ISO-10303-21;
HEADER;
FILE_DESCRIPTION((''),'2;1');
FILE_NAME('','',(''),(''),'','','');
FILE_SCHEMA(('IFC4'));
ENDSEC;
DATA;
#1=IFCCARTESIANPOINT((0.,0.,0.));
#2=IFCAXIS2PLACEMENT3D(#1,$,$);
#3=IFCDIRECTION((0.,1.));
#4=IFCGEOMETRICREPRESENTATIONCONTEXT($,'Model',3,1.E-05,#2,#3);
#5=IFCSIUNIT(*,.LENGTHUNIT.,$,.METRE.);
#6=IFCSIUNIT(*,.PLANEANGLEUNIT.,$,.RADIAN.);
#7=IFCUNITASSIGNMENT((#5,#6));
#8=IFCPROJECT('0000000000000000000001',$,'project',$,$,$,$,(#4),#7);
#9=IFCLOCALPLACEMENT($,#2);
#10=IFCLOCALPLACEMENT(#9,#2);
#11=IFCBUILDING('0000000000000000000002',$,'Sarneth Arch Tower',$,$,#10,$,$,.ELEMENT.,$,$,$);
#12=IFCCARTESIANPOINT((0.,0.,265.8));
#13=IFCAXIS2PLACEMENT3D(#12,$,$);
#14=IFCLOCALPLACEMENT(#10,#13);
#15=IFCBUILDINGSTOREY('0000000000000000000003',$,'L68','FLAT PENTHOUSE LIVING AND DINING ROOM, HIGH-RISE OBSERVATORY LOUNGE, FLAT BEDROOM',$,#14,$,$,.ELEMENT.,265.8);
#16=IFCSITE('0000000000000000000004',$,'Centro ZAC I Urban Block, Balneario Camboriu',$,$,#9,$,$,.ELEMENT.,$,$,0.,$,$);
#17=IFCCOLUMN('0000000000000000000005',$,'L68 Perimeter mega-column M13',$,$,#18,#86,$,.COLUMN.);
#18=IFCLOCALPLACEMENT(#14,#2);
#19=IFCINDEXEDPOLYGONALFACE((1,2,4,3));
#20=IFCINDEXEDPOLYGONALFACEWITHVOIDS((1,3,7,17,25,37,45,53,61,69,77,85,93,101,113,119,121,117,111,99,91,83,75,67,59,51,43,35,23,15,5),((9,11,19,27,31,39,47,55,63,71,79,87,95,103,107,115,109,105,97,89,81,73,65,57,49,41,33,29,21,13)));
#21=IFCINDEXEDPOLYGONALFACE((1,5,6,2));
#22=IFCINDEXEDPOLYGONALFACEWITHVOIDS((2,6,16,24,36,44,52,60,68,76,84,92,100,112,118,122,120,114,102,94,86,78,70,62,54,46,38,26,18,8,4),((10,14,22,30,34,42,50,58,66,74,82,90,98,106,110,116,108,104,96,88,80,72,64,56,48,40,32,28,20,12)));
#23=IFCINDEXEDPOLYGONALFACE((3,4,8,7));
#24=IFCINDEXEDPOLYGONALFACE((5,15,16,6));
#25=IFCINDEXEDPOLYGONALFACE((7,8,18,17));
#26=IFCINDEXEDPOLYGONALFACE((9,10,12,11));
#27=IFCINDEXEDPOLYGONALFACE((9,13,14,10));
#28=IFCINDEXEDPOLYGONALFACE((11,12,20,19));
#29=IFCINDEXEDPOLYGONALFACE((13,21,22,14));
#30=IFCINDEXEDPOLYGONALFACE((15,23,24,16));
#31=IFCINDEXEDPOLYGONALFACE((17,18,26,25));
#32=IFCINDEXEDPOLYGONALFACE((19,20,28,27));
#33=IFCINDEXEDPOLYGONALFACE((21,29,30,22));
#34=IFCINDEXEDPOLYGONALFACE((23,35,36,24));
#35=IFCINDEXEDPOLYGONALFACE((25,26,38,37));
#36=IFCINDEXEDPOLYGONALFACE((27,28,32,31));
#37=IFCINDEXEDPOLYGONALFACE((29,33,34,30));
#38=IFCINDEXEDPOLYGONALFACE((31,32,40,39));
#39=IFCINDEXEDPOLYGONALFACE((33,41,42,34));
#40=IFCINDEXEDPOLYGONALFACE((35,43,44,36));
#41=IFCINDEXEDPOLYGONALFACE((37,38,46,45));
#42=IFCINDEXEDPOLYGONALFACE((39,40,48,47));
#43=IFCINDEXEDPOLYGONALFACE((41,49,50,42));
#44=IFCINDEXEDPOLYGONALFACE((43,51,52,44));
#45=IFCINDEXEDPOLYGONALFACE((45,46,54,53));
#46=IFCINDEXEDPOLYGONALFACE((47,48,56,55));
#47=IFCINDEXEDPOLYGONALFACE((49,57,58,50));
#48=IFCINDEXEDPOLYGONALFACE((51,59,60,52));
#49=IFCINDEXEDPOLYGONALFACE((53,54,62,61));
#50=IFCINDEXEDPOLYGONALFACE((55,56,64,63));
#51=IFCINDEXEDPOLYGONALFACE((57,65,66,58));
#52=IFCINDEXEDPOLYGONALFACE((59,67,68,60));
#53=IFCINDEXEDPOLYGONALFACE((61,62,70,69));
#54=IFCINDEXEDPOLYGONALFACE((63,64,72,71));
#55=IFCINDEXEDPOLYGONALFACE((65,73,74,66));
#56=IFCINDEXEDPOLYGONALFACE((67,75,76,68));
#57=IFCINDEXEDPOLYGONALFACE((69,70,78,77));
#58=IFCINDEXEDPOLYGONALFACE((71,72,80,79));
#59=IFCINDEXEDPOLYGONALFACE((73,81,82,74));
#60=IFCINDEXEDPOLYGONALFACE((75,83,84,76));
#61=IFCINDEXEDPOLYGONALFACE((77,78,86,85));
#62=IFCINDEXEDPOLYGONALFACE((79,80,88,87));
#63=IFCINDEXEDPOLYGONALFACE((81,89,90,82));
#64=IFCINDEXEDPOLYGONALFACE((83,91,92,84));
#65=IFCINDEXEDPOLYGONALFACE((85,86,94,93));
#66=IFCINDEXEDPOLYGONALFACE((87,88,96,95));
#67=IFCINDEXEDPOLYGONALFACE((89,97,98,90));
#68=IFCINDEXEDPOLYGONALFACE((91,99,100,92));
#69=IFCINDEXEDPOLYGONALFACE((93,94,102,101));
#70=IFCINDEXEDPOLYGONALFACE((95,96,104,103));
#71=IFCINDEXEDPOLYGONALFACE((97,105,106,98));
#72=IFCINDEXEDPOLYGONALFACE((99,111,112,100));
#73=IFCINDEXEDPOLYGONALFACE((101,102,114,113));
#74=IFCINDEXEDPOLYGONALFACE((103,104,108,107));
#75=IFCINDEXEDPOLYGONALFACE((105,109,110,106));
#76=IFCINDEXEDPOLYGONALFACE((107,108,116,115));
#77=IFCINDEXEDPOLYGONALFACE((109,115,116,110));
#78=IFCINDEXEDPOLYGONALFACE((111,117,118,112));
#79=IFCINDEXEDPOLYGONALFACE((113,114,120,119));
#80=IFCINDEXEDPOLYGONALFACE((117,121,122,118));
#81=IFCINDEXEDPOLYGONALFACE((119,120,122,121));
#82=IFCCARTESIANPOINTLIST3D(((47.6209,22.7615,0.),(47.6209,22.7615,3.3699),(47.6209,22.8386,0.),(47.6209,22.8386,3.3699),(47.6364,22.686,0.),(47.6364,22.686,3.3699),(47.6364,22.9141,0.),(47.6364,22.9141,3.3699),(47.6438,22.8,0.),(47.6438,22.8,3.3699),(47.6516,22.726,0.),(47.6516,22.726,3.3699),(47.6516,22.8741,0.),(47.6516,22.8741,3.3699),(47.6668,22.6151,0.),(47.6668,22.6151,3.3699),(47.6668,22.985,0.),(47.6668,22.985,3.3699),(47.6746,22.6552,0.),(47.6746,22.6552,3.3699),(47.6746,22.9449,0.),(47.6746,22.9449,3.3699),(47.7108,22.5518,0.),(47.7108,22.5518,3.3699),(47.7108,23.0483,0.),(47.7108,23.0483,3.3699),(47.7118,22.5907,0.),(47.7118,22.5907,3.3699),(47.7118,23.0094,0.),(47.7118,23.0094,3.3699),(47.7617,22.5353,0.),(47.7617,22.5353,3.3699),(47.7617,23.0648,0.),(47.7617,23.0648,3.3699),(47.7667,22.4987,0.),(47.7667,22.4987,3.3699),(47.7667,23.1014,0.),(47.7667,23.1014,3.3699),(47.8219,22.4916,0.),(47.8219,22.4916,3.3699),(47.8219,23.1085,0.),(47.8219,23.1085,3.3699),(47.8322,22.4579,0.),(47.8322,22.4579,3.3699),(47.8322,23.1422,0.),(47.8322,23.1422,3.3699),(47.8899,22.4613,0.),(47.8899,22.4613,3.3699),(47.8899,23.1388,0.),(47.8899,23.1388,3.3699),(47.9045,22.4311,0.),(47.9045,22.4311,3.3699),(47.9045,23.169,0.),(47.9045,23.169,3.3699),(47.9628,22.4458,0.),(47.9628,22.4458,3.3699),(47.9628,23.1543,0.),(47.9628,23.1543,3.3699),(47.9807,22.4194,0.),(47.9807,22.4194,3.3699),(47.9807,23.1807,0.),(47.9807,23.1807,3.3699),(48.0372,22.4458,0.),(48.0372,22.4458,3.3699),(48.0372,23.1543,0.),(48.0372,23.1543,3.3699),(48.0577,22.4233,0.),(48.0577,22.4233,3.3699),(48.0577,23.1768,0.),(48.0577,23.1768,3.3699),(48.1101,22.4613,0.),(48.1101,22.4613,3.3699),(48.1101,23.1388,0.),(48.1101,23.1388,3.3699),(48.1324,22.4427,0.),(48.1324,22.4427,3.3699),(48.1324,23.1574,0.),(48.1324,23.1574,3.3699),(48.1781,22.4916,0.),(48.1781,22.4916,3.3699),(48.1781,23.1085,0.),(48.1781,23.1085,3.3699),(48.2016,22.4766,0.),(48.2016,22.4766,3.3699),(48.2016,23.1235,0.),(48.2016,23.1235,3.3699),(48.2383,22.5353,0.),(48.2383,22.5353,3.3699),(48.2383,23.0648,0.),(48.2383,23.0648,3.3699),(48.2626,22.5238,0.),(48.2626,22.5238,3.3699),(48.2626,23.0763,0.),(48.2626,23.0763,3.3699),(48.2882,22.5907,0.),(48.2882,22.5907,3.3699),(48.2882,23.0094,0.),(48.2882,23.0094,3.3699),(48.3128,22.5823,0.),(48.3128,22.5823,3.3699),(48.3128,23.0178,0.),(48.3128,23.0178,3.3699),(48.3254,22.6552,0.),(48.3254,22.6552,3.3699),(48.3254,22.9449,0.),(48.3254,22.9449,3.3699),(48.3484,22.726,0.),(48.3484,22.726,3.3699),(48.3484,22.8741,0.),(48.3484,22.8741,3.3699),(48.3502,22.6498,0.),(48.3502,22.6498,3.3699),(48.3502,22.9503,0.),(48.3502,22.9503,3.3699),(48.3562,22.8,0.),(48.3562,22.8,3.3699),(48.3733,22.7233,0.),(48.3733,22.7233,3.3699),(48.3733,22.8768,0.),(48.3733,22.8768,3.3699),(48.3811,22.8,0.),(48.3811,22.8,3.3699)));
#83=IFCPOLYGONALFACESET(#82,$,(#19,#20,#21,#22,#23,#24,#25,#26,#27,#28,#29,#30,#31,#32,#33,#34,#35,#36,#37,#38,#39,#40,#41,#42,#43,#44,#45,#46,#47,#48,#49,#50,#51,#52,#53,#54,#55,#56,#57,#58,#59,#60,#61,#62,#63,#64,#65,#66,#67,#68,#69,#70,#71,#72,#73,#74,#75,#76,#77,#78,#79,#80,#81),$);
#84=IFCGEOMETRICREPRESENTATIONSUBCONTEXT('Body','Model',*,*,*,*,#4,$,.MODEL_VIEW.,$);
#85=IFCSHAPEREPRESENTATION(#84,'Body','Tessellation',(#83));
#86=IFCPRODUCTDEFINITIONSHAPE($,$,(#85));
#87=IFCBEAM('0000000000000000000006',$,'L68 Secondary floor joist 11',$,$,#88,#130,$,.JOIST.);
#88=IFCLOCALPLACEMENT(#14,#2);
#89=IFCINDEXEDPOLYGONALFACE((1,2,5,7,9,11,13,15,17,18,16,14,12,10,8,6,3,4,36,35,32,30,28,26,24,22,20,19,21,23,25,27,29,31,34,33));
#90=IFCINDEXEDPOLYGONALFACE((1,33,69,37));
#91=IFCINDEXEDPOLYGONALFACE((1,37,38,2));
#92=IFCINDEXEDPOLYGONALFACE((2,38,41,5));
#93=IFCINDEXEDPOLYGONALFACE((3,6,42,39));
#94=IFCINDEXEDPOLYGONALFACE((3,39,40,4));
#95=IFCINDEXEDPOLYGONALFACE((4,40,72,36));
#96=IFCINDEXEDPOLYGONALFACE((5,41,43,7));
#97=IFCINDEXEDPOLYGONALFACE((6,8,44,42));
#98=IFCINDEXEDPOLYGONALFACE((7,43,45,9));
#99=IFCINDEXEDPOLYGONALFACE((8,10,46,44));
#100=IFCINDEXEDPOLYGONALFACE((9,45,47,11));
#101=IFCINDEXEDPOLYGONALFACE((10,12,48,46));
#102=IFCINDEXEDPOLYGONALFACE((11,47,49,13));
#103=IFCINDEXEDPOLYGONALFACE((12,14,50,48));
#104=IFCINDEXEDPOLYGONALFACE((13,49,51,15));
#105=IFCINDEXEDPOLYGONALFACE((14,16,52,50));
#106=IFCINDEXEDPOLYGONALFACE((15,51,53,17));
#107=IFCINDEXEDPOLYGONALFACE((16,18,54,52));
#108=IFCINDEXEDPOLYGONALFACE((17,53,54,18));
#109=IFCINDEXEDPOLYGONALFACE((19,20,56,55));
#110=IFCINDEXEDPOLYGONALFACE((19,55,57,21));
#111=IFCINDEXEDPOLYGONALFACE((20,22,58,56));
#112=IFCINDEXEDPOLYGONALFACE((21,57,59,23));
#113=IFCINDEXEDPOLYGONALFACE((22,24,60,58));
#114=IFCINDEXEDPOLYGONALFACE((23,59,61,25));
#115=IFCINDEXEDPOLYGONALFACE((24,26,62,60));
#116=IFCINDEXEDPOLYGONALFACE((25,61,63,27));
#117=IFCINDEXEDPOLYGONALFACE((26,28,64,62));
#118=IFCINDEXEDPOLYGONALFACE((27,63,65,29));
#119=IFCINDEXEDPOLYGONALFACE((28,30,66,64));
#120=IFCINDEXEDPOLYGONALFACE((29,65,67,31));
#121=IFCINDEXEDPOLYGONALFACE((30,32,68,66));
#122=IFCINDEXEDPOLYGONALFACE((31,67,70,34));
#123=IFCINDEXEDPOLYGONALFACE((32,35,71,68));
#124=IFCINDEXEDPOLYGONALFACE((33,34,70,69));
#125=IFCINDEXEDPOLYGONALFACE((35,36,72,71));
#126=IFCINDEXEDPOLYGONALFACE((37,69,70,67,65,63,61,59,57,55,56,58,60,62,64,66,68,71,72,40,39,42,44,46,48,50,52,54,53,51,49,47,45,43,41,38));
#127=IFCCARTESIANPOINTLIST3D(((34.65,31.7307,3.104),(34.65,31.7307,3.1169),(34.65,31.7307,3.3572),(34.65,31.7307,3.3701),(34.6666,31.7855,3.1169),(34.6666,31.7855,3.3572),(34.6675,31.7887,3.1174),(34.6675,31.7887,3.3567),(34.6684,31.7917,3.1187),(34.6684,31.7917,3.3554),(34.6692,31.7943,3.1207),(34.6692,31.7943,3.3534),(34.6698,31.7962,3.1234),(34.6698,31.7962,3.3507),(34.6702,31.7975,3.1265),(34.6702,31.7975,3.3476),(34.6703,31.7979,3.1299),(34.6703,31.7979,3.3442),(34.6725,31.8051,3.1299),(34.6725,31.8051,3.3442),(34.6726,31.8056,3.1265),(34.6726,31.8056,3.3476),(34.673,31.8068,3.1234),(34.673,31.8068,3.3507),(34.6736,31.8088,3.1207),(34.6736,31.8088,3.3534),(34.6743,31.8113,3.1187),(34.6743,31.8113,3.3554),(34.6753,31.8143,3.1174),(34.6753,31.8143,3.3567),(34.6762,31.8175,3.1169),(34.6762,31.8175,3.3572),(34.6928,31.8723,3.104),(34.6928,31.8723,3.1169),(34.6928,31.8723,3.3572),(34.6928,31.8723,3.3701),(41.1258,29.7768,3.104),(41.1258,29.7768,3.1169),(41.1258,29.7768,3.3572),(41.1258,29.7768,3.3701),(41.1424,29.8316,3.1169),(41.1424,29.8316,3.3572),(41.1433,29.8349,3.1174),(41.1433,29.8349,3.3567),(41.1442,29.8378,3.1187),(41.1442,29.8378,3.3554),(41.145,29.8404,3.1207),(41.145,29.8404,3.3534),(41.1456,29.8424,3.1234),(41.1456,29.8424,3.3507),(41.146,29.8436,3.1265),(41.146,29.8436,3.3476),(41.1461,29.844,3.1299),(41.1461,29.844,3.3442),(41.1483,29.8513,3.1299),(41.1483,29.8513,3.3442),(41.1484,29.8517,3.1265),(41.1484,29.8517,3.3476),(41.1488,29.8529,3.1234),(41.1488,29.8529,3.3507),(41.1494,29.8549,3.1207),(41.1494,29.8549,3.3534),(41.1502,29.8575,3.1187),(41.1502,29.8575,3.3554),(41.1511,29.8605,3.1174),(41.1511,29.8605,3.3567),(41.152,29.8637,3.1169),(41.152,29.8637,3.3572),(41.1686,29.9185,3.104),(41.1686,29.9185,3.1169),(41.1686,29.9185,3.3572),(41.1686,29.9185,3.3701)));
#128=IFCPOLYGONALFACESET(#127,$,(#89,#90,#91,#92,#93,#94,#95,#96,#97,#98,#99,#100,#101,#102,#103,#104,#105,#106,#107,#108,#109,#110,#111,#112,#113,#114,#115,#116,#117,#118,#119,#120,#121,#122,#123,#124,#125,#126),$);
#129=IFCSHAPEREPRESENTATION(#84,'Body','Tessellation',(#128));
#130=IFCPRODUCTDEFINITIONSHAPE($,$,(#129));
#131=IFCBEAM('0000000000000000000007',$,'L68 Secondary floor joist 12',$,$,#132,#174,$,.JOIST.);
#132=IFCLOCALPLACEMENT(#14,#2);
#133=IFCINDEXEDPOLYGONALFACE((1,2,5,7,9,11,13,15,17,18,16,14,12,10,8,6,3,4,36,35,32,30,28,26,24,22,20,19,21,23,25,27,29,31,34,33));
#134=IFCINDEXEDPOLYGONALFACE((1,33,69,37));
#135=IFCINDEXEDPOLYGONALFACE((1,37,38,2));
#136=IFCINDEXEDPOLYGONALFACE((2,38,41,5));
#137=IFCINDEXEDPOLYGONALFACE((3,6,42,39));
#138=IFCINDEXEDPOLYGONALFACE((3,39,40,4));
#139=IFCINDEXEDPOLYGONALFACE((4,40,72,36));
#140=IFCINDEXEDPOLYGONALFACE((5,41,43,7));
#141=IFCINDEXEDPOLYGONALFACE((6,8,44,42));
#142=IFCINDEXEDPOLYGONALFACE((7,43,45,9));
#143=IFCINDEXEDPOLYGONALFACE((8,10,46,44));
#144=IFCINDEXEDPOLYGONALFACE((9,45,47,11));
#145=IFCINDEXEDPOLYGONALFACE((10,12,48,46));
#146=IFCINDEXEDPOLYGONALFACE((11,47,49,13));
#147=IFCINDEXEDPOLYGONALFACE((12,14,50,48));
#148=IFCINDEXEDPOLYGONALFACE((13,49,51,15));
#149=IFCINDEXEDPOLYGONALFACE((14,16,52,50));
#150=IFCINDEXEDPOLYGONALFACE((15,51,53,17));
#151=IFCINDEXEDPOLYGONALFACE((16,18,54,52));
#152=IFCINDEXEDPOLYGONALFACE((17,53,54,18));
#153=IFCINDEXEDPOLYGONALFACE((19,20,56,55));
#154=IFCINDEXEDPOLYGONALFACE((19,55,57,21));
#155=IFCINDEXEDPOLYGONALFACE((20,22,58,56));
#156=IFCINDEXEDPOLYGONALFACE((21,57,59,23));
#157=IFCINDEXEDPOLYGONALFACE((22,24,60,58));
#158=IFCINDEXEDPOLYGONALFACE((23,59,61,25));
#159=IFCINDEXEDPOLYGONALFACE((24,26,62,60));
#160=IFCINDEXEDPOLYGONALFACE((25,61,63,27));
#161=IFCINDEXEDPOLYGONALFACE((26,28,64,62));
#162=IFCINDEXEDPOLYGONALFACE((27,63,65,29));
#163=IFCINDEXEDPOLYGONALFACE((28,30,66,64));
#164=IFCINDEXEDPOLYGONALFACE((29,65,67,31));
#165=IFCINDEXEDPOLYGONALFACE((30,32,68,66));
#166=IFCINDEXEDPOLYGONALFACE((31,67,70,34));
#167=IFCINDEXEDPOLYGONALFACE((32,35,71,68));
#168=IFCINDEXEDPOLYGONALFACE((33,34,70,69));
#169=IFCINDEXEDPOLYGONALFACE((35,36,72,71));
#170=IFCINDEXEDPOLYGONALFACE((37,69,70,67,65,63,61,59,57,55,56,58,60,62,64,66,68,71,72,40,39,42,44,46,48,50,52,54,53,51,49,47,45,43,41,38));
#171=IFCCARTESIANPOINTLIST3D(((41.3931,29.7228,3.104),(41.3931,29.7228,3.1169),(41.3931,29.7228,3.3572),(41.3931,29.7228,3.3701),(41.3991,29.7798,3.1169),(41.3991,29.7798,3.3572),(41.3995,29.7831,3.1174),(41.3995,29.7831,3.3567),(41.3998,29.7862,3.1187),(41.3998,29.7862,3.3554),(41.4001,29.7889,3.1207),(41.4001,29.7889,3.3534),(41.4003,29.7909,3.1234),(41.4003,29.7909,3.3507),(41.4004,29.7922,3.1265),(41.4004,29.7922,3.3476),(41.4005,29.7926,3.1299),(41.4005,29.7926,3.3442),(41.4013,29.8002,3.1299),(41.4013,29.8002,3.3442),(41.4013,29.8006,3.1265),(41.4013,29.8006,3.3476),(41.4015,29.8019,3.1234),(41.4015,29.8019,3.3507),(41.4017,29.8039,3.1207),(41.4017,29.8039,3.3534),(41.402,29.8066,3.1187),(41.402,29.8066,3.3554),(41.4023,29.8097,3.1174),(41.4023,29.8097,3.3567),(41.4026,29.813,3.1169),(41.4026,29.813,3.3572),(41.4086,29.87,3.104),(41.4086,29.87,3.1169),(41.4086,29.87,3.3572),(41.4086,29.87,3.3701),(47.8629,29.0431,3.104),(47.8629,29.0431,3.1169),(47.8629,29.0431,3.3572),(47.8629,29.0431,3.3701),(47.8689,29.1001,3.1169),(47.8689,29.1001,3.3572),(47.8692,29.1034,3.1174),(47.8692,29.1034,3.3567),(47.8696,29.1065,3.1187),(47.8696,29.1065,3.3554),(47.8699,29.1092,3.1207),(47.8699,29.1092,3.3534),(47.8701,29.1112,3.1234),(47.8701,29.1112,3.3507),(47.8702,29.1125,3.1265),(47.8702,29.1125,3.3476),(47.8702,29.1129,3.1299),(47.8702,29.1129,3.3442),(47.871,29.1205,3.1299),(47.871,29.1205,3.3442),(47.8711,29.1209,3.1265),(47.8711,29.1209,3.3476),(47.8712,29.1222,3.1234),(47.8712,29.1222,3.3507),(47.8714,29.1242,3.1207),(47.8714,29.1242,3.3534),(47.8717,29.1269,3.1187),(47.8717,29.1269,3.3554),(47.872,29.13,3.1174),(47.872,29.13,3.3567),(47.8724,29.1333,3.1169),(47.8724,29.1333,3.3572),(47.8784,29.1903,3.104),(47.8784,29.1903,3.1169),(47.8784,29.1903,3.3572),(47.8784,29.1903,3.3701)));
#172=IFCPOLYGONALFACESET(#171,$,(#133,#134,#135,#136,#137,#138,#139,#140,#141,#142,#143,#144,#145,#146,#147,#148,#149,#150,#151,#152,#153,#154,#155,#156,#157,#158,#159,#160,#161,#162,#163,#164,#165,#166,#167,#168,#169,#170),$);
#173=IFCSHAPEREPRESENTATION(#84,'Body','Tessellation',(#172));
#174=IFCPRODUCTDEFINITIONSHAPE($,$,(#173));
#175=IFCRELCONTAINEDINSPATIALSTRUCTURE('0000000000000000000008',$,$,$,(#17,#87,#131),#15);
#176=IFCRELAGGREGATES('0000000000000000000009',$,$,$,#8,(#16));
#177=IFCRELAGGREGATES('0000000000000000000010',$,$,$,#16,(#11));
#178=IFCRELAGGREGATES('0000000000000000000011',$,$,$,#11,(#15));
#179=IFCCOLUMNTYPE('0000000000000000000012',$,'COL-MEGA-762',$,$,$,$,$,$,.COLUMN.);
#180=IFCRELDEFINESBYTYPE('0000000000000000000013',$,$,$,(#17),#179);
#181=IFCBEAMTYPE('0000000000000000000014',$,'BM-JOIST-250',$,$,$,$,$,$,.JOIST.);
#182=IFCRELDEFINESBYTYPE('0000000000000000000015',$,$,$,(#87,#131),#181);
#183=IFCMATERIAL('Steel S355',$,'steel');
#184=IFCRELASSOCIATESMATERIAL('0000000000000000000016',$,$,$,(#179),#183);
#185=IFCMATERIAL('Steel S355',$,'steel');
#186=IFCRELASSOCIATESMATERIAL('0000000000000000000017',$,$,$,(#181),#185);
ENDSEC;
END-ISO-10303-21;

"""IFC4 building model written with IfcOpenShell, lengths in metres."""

from ifc_helpers import new_model, si_unit, direction, frame, origin, origin_2d, place, context, subcontext, project, spatial, hollow_circle, i_section, extrude, material, material_profile, profile_set, type_object, element, save


model = new_model("IFC4")

# Units and contexts
model_context = context("Model", 3, precision=1e-05, world=origin(), true_north=direction((0.0, 1.0)))
body_context = subcontext(model_context, "Body", "Model", "MODEL_VIEW")
ifc_project = project(units=[si_unit("LENGTHUNIT", "METRE"), si_unit("PLANEANGLEUNIT", "RADIAN")], contexts=[model_context])

# Site, building, storey
site_placement = place(None, origin())
site = spatial("IfcSite", under=ifc_project, at=site_placement, Name="Centro ZAC I Urban Block, Balneario Camboriu", CompositionType="ELEMENT", RefElevation=0.0)
building_placement = place(site_placement, origin())
building = spatial("IfcBuilding", under=site, at=building_placement, Name="Sarneth Arch Tower", CompositionType="ELEMENT")
storey_placement = place(building_placement, frame((0.0, 0.0, 265.8)))
storey = spatial("IfcBuildingStorey", under=building, at=storey_placement, Name="L68", Description="FLAT PENTHOUSE LIVING AND DINING ROOM, HIGH-RISE OBSERVATORY LOUNGE, FLAT BEDROOM", CompositionType="ELEMENT", Elevation=265.8)

# Column
ifc_material_1 = material(Name="Steel S355", Category="steel")
ifc_material_profile_1 = material_profile(ifc_material_1, hollow_circle(Radius=0.3811, WallThickness=0.0249, at=origin_2d()), Name="CHS762x25")
ifc_profile_set_1 = profile_set([ifc_material_profile_1], Name="Steel S355")
column_type = type_object("IfcColumnType", Name="COL-MEGA-762", PredefinedType="COLUMN", material=ifc_profile_set_1)
for number, where, z_axis, x_axis, name in (
    (1, (48.0, 22.8, 0.0), (0.0, 0.0, 1.0), (1.0, 0.0, 0.0), "L68 Perimeter mega-column M13"),
):
    element("IfcColumn", number, at=place(storey_placement, frame(where, z_axis=z_axis, x_axis=x_axis)), inside=storey, type_object=column_type, Name=name, PredefinedType="COLUMN", context=body_context, shape_type="SweptSolid", body=[
        extrude(hollow_circle(Radius=0.3811, WallThickness=0.0249, at=origin_2d()), origin(), (0.0, 0.0, 1.0), 3.3699),
    ])

# Beams
ifc_material_2 = material(Name="Steel S355", Category="steel")
ifc_material_profile_2 = material_profile(ifc_material_2, i_section(OverallWidth=0.1479, OverallDepth=0.2661, WebThickness=0.0076, FlangeThickness=0.0129, FilletRadius=0.0129, at=origin_2d()), Name="W250x44.8")
ifc_profile_set_2 = profile_set([ifc_material_profile_2], Name="Steel S355")
beam_type_1 = type_object("IfcBeamType", Name="BM-JOIST-250", PredefinedType="JOIST", material=ifc_profile_set_2)
beam_1_placement = place(storey_placement, frame((34.6714, 31.8015, 3.2371), z_axis=(0.957373, -0.288854, 0.0), x_axis=(0.288854, 0.957373, 0.0)))
element("IfcBeam", 2, at=beam_1_placement, inside=storey, type_object=beam_type_1, Name="L68 Secondary floor joist 11", PredefinedType="JOIST", context=body_context, shape_type="SweptSolid", body=[
    extrude(i_section(OverallWidth=0.1479, OverallDepth=0.2661, WebThickness=0.0076, FlangeThickness=0.0129, FilletRadius=0.0129, at=origin_2d()), origin(), (0.0, 0.0, 1.0), 6.7642),
])
beam_2_placement = place(storey_placement, frame((41.4009, 29.7964, 3.2371), z_axis=(0.994527, -0.104482, 0.0), x_axis=(0.104482, 0.994527, 0.0)))
element("IfcBeam", 3, at=beam_2_placement, inside=storey, type_object=beam_type_1, Name="L68 Secondary floor joist 12", PredefinedType="JOIST", context=body_context, shape_type="SweptSolid", body=[
    extrude(i_section(OverallWidth=0.1479, OverallDepth=0.2661, WebThickness=0.0076, FlangeThickness=0.0129, FilletRadius=0.0129, at=origin_2d()), origin(), (0.0, 0.0, 1.0), 6.5054),
])

save(model, "model.ifc")
